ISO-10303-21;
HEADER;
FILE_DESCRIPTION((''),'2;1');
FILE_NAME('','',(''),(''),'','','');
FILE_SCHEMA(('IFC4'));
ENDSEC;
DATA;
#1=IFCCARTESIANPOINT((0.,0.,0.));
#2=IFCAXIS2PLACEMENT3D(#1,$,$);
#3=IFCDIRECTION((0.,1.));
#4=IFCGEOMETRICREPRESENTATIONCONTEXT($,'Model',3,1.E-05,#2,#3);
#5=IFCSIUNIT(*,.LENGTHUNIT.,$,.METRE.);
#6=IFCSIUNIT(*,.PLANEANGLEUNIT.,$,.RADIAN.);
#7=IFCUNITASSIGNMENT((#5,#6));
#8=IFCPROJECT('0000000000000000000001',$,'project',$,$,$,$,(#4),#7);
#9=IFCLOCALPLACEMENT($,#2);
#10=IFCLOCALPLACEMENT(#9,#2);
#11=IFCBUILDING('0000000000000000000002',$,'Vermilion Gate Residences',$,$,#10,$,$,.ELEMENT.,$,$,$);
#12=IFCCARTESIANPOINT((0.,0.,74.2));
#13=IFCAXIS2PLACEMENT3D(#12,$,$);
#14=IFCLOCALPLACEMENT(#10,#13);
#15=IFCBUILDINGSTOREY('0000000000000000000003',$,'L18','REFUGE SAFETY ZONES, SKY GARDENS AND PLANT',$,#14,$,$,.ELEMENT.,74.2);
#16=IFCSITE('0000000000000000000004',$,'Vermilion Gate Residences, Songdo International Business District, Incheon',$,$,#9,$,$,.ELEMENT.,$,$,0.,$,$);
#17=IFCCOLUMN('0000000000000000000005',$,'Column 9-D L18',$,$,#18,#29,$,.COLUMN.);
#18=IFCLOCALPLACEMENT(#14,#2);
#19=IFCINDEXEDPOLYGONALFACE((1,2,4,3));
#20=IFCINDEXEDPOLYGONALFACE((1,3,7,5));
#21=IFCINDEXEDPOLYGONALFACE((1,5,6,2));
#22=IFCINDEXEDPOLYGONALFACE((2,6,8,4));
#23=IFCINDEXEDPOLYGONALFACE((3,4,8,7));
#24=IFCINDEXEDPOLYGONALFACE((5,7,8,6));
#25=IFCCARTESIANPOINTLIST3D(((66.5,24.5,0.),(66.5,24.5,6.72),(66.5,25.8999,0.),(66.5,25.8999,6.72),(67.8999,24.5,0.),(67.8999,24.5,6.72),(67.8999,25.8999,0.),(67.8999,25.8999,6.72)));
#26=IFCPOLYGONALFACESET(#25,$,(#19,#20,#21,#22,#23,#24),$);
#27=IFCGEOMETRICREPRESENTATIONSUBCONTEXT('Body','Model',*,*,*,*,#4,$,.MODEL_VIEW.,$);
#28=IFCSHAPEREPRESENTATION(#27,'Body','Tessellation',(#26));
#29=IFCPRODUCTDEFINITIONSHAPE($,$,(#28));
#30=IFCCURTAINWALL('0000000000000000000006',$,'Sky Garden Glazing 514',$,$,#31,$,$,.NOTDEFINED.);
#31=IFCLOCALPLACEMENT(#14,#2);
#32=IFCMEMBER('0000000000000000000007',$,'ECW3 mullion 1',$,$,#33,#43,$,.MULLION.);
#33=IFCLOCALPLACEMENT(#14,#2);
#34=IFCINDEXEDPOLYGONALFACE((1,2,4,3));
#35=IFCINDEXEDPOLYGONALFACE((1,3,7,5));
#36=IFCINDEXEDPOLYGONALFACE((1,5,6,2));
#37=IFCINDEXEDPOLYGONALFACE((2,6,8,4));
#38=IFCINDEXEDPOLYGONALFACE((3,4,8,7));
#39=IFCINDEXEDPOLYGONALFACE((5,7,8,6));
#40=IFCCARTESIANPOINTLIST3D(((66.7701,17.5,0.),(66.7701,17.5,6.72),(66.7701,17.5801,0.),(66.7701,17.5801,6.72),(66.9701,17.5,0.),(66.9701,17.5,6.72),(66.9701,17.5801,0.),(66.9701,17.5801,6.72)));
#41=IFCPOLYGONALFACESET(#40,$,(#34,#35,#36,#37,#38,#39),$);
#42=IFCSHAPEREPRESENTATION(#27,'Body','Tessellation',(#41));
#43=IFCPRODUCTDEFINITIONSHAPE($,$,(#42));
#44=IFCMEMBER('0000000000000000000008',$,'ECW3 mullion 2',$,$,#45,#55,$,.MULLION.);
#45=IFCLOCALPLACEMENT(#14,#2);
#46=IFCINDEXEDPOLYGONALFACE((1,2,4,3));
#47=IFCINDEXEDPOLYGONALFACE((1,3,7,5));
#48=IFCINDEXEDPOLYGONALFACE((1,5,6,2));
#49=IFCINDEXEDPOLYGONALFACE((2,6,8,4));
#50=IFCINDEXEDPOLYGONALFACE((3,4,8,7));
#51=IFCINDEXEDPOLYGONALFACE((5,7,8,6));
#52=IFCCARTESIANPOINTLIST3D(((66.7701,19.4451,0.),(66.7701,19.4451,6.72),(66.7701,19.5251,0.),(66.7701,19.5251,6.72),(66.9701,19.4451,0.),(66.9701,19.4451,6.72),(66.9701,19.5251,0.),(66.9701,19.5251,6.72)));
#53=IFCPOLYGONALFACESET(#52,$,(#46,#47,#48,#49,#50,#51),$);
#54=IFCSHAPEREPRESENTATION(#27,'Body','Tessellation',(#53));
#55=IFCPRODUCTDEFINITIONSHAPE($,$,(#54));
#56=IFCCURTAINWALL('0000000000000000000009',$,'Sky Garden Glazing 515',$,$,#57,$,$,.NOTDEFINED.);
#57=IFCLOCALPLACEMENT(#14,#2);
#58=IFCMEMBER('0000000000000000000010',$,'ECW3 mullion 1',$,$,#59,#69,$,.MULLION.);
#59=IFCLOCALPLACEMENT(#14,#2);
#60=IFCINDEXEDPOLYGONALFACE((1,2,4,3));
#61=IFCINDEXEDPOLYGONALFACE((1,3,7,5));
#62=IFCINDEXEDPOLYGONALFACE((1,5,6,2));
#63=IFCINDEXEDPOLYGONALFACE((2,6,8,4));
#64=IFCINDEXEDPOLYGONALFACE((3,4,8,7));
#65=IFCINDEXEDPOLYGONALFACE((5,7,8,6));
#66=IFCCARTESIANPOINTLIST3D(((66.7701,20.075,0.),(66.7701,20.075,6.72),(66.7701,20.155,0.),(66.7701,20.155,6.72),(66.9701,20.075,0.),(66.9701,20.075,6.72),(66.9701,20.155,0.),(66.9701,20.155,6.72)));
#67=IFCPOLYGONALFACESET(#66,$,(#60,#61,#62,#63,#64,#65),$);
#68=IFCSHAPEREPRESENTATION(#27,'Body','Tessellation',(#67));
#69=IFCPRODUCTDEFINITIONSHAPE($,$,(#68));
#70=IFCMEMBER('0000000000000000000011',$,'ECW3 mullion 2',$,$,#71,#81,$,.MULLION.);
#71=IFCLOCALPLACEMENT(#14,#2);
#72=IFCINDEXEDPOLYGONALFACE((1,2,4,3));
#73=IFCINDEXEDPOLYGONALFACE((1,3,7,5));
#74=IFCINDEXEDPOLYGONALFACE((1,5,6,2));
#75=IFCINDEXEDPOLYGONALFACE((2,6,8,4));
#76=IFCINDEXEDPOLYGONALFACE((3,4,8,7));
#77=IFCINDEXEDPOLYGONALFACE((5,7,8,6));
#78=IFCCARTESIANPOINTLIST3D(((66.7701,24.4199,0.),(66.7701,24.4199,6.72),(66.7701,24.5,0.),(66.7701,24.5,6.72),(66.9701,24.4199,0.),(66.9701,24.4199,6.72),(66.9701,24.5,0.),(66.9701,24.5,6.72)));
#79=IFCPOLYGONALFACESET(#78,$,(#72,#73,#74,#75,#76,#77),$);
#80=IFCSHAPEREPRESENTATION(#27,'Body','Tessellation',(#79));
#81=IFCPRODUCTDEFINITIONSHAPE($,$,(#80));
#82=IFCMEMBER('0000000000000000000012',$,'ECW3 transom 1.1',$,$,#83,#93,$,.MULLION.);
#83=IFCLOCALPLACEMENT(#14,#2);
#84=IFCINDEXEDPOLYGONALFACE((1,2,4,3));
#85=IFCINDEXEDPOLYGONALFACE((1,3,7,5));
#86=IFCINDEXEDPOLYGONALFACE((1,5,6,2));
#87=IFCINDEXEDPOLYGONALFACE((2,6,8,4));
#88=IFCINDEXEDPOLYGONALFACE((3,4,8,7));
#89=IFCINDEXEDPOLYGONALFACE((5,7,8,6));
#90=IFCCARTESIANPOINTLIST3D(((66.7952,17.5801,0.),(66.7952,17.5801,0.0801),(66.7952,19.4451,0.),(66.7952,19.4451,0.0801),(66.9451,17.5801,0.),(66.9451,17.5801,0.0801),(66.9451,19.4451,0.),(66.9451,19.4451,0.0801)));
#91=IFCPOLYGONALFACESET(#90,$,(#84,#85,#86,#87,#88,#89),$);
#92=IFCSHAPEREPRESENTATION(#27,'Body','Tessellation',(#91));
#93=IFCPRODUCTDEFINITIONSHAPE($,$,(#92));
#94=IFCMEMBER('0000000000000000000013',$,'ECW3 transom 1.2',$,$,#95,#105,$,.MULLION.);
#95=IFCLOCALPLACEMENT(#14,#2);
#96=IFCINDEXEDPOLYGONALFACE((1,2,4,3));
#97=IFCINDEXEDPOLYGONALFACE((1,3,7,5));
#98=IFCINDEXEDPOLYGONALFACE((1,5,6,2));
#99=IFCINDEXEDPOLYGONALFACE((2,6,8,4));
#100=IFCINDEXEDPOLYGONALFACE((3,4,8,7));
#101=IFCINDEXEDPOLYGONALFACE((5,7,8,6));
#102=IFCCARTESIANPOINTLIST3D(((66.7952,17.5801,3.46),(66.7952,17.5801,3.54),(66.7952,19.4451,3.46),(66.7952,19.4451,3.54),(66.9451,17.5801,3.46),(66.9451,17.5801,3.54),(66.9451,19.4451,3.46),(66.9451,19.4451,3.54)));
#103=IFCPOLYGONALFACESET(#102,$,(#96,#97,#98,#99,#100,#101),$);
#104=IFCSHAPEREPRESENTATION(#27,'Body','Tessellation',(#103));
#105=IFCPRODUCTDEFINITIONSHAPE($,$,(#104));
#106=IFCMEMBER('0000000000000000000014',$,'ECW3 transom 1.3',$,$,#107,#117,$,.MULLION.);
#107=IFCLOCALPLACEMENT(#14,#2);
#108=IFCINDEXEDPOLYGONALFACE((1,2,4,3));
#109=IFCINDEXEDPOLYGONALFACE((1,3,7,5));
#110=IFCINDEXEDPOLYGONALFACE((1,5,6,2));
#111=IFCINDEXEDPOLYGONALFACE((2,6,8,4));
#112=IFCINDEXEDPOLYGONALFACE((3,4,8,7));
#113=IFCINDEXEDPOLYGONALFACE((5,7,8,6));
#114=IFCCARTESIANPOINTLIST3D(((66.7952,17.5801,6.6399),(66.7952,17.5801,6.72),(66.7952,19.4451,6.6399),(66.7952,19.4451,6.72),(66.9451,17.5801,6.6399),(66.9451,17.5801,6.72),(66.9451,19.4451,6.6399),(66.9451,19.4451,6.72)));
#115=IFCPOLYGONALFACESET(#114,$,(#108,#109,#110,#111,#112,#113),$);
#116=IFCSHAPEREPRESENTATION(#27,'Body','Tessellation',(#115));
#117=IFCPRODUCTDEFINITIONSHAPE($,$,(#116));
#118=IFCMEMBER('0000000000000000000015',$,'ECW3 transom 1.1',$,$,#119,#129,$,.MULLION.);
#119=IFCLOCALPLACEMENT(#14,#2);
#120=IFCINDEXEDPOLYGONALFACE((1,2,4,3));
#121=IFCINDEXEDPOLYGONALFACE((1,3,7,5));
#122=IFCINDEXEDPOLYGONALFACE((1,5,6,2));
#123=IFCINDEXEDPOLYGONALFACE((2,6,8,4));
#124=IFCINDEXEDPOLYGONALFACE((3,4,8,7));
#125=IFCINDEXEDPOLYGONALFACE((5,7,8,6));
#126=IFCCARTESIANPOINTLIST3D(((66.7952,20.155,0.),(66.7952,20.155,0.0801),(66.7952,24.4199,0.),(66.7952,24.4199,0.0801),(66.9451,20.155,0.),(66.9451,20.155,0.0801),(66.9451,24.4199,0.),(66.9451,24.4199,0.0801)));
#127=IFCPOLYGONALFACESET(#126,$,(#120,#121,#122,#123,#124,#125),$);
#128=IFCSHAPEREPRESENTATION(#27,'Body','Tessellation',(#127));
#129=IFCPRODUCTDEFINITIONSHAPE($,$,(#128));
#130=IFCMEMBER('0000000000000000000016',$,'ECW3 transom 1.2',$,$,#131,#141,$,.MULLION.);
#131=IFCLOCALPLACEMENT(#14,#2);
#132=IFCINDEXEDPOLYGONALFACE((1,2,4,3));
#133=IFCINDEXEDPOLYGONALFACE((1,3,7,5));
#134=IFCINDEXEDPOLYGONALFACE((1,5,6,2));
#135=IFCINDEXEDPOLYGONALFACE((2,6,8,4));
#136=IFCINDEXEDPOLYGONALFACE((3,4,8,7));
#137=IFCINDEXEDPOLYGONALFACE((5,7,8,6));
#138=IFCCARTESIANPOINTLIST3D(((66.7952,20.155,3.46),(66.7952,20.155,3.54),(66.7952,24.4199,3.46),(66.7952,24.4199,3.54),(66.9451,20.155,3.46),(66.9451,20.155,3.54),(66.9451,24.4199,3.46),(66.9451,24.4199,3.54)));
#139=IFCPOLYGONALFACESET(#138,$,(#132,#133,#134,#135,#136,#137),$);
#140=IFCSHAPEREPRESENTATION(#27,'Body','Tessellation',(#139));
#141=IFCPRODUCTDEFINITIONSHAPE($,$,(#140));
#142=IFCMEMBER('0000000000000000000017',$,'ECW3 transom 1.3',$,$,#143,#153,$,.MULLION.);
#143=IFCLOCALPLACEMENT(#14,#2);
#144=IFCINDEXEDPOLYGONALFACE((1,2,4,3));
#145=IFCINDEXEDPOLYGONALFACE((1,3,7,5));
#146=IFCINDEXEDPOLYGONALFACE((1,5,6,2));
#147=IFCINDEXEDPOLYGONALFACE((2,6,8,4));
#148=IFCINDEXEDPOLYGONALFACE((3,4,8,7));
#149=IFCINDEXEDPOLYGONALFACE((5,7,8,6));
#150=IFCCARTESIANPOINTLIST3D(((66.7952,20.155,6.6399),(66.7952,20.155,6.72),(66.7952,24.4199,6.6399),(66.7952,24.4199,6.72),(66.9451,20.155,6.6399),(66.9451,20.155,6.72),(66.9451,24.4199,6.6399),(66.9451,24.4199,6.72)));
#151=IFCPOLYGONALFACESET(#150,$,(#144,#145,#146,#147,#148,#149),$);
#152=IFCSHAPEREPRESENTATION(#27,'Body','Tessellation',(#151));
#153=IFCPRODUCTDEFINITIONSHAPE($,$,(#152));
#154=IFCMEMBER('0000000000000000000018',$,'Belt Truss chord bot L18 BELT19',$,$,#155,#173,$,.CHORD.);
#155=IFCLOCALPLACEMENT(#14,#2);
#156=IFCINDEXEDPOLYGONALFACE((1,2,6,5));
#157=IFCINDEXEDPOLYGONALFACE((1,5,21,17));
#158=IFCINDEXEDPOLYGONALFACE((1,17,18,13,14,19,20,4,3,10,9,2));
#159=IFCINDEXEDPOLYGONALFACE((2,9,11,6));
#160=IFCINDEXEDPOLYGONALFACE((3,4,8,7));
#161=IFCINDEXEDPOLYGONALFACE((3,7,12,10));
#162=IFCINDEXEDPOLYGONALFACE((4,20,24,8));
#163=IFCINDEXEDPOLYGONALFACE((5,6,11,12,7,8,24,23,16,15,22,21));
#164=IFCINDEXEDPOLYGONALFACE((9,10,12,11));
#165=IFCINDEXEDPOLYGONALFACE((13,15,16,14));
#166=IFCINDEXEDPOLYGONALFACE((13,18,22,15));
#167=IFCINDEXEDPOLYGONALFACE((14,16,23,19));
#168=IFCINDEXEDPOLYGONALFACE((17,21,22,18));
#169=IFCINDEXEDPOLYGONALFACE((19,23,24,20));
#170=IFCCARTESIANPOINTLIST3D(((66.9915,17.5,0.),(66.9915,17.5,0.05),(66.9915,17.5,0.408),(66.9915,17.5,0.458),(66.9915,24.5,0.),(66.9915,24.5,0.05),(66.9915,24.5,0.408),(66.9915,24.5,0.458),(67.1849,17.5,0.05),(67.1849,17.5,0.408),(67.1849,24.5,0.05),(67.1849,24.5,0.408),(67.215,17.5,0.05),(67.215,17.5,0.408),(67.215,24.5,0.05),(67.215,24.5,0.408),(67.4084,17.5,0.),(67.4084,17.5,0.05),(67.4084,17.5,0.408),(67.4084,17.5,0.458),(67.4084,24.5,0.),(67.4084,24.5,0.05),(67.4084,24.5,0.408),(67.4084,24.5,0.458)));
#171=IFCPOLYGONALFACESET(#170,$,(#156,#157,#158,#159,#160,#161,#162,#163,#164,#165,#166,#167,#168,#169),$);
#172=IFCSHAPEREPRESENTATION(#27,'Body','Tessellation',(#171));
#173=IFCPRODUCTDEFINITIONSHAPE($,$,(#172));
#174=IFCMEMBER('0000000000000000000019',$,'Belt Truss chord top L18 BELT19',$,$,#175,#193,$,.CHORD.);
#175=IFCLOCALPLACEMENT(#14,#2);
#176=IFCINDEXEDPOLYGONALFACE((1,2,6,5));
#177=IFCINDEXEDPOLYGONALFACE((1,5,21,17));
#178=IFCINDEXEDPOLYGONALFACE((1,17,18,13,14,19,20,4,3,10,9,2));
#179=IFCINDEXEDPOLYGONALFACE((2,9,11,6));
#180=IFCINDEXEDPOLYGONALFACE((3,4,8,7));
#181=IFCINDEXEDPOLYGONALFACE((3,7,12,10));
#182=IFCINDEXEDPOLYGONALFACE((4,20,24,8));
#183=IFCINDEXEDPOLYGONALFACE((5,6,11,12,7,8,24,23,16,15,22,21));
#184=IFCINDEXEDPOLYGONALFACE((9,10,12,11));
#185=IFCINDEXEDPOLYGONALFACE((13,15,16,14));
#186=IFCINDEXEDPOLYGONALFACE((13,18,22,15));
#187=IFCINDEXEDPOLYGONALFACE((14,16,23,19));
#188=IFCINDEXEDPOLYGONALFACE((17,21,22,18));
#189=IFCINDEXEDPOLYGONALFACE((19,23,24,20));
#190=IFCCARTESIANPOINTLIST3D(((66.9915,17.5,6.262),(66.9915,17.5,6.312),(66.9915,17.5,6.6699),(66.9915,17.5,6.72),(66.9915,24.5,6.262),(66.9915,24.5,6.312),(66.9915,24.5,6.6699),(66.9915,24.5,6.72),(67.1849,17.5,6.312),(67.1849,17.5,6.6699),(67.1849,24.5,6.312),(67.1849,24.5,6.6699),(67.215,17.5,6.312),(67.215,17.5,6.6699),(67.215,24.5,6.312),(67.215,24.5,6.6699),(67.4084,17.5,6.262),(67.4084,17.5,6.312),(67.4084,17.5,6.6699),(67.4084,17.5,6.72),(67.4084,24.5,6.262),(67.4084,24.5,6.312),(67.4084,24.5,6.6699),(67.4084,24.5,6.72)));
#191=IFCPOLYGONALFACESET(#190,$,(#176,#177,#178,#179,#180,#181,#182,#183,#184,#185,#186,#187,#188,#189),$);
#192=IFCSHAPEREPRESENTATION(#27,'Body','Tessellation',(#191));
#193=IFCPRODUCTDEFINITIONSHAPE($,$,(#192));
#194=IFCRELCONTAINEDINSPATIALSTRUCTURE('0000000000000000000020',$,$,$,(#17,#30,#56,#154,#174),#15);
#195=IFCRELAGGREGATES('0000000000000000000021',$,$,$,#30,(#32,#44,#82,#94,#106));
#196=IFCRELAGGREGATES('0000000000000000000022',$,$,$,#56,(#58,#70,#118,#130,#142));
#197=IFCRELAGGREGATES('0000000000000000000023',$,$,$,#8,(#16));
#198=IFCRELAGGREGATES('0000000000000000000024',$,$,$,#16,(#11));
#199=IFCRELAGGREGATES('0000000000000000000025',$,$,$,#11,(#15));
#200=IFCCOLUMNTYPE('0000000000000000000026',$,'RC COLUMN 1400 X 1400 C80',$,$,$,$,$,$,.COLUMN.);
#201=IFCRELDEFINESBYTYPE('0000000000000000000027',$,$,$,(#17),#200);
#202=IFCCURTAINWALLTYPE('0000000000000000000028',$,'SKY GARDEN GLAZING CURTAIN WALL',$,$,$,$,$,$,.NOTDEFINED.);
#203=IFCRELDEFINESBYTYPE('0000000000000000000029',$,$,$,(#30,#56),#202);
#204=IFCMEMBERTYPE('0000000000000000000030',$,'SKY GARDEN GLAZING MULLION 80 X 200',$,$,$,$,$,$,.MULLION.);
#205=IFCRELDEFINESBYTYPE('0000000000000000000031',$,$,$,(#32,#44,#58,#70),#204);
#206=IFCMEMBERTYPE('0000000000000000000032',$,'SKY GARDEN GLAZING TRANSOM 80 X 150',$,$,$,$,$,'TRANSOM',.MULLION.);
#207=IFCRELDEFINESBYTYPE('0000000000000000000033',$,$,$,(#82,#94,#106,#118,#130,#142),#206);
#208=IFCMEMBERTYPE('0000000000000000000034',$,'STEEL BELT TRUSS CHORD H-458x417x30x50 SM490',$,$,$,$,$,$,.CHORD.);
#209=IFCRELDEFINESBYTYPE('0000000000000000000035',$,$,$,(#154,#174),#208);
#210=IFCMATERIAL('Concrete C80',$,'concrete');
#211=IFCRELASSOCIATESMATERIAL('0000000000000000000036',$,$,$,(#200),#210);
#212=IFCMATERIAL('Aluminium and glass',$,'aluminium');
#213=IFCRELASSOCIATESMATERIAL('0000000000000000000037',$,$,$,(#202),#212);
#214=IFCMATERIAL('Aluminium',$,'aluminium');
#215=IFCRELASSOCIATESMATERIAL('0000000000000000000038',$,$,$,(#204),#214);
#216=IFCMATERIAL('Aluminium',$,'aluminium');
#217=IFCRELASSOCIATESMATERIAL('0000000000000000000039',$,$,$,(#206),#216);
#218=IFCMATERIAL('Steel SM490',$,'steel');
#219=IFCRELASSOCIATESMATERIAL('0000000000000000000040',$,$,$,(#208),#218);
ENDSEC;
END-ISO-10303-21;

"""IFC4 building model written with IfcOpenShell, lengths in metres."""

from ifc_helpers import new_model, si_unit, direction, frame, origin, origin_2d, place, context, subcontext, project, spatial, rectangle, i_section, extrude, material, material_profile, profile_set, type_object, element, aggregate, save


model = new_model("IFC4")

# Units and contexts
model_context = context("Model", 3, precision=1e-05, world=origin(), true_north=direction((0.0, 1.0)))
body_context = subcontext(model_context, "Body", "Model", "MODEL_VIEW")
ifc_project = project(units=[si_unit("LENGTHUNIT", "METRE"), si_unit("PLANEANGLEUNIT", "RADIAN")], contexts=[model_context])

# Site, building, storey
site_placement = place(None, origin())
site = spatial("IfcSite", under=ifc_project, at=site_placement, Name="Vermilion Gate Residences, Songdo International Business District, Incheon", CompositionType="ELEMENT", RefElevation=0.0)
building_placement = place(site_placement, origin())
building = spatial("IfcBuilding", under=site, at=building_placement, Name="Vermilion Gate Residences", CompositionType="ELEMENT")
storey_placement = place(building_placement, frame((0.0, 0.0, 74.2)))
storey = spatial("IfcBuildingStorey", under=building, at=storey_placement, Name="L18", Description="REFUGE SAFETY ZONES, SKY GARDENS AND PLANT", CompositionType="ELEMENT", Elevation=74.2)

# Column
ifc_material_1 = material(Name="Concrete C80", Category="concrete")
ifc_material_profile_1 = material_profile(ifc_material_1, rectangle(XDim=1.3999, YDim=1.3999, at=origin_2d()), Name="RC-1400x1400")
ifc_profile_set_1 = profile_set([ifc_material_profile_1], Name="Concrete C80")
column_type = type_object("IfcColumnType", Name="RC COLUMN 1400 X 1400 C80", PredefinedType="COLUMN", material=ifc_profile_set_1)
column_placement = place(storey_placement, frame((67.2, 25.2, 0.0), z_axis=(0.0, 0.0, 1.0), x_axis=(1.0, 0.0, 0.0)))
element("IfcColumn", 1, at=column_placement, inside=storey, type_object=column_type, Name="Column 9-D L18", PredefinedType="COLUMN", context=body_context, shape_type="SweptSolid", body=[
    extrude(rectangle(XDim=1.3999, YDim=1.3999, at=origin_2d()), origin(), (0.0, 0.0, 1.0), 6.72),
])

# Curtain walls, members
ifc_material_2 = material(Name="Aluminium and glass", Category="aluminium")
curtain_wall_type = type_object("IfcCurtainWallType", Name="SKY GARDEN GLAZING CURTAIN WALL", PredefinedType="NOTDEFINED", material=ifc_material_2)
curtain_wall_1_placement = place(storey_placement, origin())
curtain_wall_1 = element("IfcCurtainWall", 2, at=curtain_wall_1_placement, inside=storey, type_object=curtain_wall_type, Name="Sky Garden Glazing 514", PredefinedType="NOTDEFINED")
ifc_material_3 = material(Name="Aluminium", Category="aluminium")
ifc_material_profile_2 = material_profile(ifc_material_3, rectangle(XDim=0.2, YDim=0.0801, at=origin_2d()), Name="MULLION 80 X 200")
ifc_profile_set_2 = profile_set([ifc_material_profile_2], Name="Aluminium")
member_type_1 = type_object("IfcMemberType", Name="SKY GARDEN GLAZING MULLION 80 X 200", PredefinedType="MULLION", material=ifc_profile_set_2)
member_1_placement = place(storey_placement, frame((66.8701, 17.54, 0.0), z_axis=(0.0, 0.0, 1.0), x_axis=(-1.0, 0.0, 0.0)))
member_1 = element("IfcMember", 3, at=member_1_placement, type_object=member_type_1, Name="ECW3 mullion 1", PredefinedType="MULLION", context=body_context, shape_type="SweptSolid", body=[
    extrude(rectangle(XDim=0.2, YDim=0.0801, at=origin_2d()), origin(), (0.0, 0.0, 1.0), 6.72),
])
member_2_placement = place(storey_placement, frame((66.8701, 19.4851, 0.0), z_axis=(0.0, 0.0, 1.0), x_axis=(-1.0, 0.0, 0.0)))
member_2 = element("IfcMember", 4, at=member_2_placement, type_object=member_type_1, Name="ECW3 mullion 2", PredefinedType="MULLION", context=body_context, shape_type="SweptSolid", body=[
    extrude(rectangle(XDim=0.2, YDim=0.0801, at=origin_2d()), origin(), (0.0, 0.0, 1.0), 6.72),
])
curtain_wall_2_placement = place(storey_placement, origin())
curtain_wall_2 = element("IfcCurtainWall", 5, at=curtain_wall_2_placement, inside=storey, type_object=curtain_wall_type, Name="Sky Garden Glazing 515", PredefinedType="NOTDEFINED")
member_3_placement = place(storey_placement, frame((66.8701, 20.115, 0.0), z_axis=(0.0, 0.0, 1.0), x_axis=(-1.0, 0.0, 0.0)))
member_3 = element("IfcMember", 6, at=member_3_placement, type_object=member_type_1, Name="ECW3 mullion 1", PredefinedType="MULLION", context=body_context, shape_type="SweptSolid", body=[
    extrude(rectangle(XDim=0.2, YDim=0.0801, at=origin_2d()), origin(), (0.0, 0.0, 1.0), 6.72),
])
member_4_placement = place(storey_placement, frame((66.8701, 24.46, 0.0), z_axis=(0.0, 0.0, 1.0), x_axis=(-1.0, 0.0, 0.0)))
member_4 = element("IfcMember", 7, at=member_4_placement, type_object=member_type_1, Name="ECW3 mullion 2", PredefinedType="MULLION", context=body_context, shape_type="SweptSolid", body=[
    extrude(rectangle(XDim=0.2, YDim=0.0801, at=origin_2d()), origin(), (0.0, 0.0, 1.0), 6.72),
])

# Members
ifc_material_4 = material(Name="Aluminium", Category="aluminium")
ifc_material_profile_3 = material_profile(ifc_material_4, rectangle(XDim=0.1499, YDim=0.0801, at=origin_2d()), Name="TRANSOM 80 X 150")
ifc_profile_set_3 = profile_set([ifc_material_profile_3], Name="Aluminium")
member_type_2 = type_object("IfcMemberType", Name="SKY GARDEN GLAZING TRANSOM 80 X 150", ElementType="TRANSOM", PredefinedType="MULLION", material=ifc_profile_set_3)
member_5_placement = place(storey_placement, frame((66.8701, 17.5801, 0.04), z_axis=(0.0, 1.0, 0.0), x_axis=(-1.0, 0.0, 0.0)))
member_5 = element("IfcMember", 8, at=member_5_placement, type_object=member_type_2, Name="ECW3 transom 1.1", PredefinedType="MULLION", context=body_context, shape_type="SweptSolid", body=[
    extrude(rectangle(XDim=0.1499, YDim=0.0801, at=origin_2d()), origin(), (0.0, 0.0, 1.0), 1.865),
])
member_6_placement = place(storey_placement, frame((66.8701, 17.5801, 3.5), z_axis=(0.0, 1.0, 0.0), x_axis=(-1.0, 0.0, 0.0)))
member_6 = element("IfcMember", 9, at=member_6_placement, type_object=member_type_2, Name="ECW3 transom 1.2", PredefinedType="MULLION", context=body_context, shape_type="SweptSolid", body=[
    extrude(rectangle(XDim=0.1499, YDim=0.0801, at=origin_2d()), origin(), (0.0, 0.0, 1.0), 1.865),
])
member_7_placement = place(storey_placement, frame((66.8701, 17.5801, 6.6799), z_axis=(0.0, 1.0, 0.0), x_axis=(-1.0, 0.0, 0.0)))
member_7 = element("IfcMember", 10, at=member_7_placement, type_object=member_type_2, Name="ECW3 transom 1.3", PredefinedType="MULLION", context=body_context, shape_type="SweptSolid", body=[
    extrude(rectangle(XDim=0.1499, YDim=0.0801, at=origin_2d()), origin(), (0.0, 0.0, 1.0), 1.865),
])
member_8_placement = place(storey_placement, frame((66.8701, 20.155, 0.04), z_axis=(0.0, 1.0, 0.0), x_axis=(-1.0, 0.0, 0.0)))
member_8 = element("IfcMember", 11, at=member_8_placement, type_object=member_type_2, Name="ECW3 transom 1.1", PredefinedType="MULLION", context=body_context, shape_type="SweptSolid", body=[
    extrude(rectangle(XDim=0.1499, YDim=0.0801, at=origin_2d()), origin(), (0.0, 0.0, 1.0), 4.2649),
])
member_9_placement = place(storey_placement, frame((66.8701, 20.155, 3.5), z_axis=(0.0, 1.0, 0.0), x_axis=(-1.0, 0.0, 0.0)))
member_9 = element("IfcMember", 12, at=member_9_placement, type_object=member_type_2, Name="ECW3 transom 1.2", PredefinedType="MULLION", context=body_context, shape_type="SweptSolid", body=[
    extrude(rectangle(XDim=0.1499, YDim=0.0801, at=origin_2d()), origin(), (0.0, 0.0, 1.0), 4.2649),
])
member_10_placement = place(storey_placement, frame((66.8701, 20.155, 6.6799), z_axis=(0.0, 1.0, 0.0), x_axis=(-1.0, 0.0, 0.0)))
member_10 = element("IfcMember", 13, at=member_10_placement, type_object=member_type_2, Name="ECW3 transom 1.3", PredefinedType="MULLION", context=body_context, shape_type="SweptSolid", body=[
    extrude(rectangle(XDim=0.1499, YDim=0.0801, at=origin_2d()), origin(), (0.0, 0.0, 1.0), 4.2649),
])

# Members
ifc_material_5 = material(Name="Steel SM490", Category="steel")
ifc_material_profile_4 = material_profile(ifc_material_5, i_section(OverallWidth=0.417, OverallDepth=0.458, WebThickness=0.03, FlangeThickness=0.05, at=origin_2d()), Name="H-458x417x30x50")
ifc_profile_set_4 = profile_set([ifc_material_profile_4], Name="Steel SM490")
member_type_3 = type_object("IfcMemberType", Name="STEEL BELT TRUSS CHORD H-458x417x30x50 SM490", PredefinedType="CHORD", material=ifc_profile_set_4)
for number, where, z_axis, x_axis, name in (
    (14, (67.2, 17.5, 0.229), (0.0, 1.0, 0.0), (-1.0, 0.0, 0.0), "Belt Truss chord bot L18 BELT19"),
    (15, (67.2, 17.5, 6.491), (0.0, 1.0, 0.0), (-1.0, 0.0, 0.0), "Belt Truss chord top L18 BELT19"),
):
    element("IfcMember", number, at=place(storey_placement, frame(where, z_axis=z_axis, x_axis=x_axis)), inside=storey, type_object=member_type_3, Name=name, PredefinedType="CHORD", context=body_context, shape_type="SweptSolid", body=[
        extrude(i_section(OverallWidth=0.417, OverallDepth=0.458, WebThickness=0.03, FlangeThickness=0.05, at=origin_2d()), origin(), (0.0, 0.0, 1.0), 7.0),
    ])

aggregate(curtain_wall_1, [member_1, member_2, member_5, member_6, member_7])
aggregate(curtain_wall_2, [member_3, member_4, member_8, member_9, member_10])

save(model, "model.ifc")
